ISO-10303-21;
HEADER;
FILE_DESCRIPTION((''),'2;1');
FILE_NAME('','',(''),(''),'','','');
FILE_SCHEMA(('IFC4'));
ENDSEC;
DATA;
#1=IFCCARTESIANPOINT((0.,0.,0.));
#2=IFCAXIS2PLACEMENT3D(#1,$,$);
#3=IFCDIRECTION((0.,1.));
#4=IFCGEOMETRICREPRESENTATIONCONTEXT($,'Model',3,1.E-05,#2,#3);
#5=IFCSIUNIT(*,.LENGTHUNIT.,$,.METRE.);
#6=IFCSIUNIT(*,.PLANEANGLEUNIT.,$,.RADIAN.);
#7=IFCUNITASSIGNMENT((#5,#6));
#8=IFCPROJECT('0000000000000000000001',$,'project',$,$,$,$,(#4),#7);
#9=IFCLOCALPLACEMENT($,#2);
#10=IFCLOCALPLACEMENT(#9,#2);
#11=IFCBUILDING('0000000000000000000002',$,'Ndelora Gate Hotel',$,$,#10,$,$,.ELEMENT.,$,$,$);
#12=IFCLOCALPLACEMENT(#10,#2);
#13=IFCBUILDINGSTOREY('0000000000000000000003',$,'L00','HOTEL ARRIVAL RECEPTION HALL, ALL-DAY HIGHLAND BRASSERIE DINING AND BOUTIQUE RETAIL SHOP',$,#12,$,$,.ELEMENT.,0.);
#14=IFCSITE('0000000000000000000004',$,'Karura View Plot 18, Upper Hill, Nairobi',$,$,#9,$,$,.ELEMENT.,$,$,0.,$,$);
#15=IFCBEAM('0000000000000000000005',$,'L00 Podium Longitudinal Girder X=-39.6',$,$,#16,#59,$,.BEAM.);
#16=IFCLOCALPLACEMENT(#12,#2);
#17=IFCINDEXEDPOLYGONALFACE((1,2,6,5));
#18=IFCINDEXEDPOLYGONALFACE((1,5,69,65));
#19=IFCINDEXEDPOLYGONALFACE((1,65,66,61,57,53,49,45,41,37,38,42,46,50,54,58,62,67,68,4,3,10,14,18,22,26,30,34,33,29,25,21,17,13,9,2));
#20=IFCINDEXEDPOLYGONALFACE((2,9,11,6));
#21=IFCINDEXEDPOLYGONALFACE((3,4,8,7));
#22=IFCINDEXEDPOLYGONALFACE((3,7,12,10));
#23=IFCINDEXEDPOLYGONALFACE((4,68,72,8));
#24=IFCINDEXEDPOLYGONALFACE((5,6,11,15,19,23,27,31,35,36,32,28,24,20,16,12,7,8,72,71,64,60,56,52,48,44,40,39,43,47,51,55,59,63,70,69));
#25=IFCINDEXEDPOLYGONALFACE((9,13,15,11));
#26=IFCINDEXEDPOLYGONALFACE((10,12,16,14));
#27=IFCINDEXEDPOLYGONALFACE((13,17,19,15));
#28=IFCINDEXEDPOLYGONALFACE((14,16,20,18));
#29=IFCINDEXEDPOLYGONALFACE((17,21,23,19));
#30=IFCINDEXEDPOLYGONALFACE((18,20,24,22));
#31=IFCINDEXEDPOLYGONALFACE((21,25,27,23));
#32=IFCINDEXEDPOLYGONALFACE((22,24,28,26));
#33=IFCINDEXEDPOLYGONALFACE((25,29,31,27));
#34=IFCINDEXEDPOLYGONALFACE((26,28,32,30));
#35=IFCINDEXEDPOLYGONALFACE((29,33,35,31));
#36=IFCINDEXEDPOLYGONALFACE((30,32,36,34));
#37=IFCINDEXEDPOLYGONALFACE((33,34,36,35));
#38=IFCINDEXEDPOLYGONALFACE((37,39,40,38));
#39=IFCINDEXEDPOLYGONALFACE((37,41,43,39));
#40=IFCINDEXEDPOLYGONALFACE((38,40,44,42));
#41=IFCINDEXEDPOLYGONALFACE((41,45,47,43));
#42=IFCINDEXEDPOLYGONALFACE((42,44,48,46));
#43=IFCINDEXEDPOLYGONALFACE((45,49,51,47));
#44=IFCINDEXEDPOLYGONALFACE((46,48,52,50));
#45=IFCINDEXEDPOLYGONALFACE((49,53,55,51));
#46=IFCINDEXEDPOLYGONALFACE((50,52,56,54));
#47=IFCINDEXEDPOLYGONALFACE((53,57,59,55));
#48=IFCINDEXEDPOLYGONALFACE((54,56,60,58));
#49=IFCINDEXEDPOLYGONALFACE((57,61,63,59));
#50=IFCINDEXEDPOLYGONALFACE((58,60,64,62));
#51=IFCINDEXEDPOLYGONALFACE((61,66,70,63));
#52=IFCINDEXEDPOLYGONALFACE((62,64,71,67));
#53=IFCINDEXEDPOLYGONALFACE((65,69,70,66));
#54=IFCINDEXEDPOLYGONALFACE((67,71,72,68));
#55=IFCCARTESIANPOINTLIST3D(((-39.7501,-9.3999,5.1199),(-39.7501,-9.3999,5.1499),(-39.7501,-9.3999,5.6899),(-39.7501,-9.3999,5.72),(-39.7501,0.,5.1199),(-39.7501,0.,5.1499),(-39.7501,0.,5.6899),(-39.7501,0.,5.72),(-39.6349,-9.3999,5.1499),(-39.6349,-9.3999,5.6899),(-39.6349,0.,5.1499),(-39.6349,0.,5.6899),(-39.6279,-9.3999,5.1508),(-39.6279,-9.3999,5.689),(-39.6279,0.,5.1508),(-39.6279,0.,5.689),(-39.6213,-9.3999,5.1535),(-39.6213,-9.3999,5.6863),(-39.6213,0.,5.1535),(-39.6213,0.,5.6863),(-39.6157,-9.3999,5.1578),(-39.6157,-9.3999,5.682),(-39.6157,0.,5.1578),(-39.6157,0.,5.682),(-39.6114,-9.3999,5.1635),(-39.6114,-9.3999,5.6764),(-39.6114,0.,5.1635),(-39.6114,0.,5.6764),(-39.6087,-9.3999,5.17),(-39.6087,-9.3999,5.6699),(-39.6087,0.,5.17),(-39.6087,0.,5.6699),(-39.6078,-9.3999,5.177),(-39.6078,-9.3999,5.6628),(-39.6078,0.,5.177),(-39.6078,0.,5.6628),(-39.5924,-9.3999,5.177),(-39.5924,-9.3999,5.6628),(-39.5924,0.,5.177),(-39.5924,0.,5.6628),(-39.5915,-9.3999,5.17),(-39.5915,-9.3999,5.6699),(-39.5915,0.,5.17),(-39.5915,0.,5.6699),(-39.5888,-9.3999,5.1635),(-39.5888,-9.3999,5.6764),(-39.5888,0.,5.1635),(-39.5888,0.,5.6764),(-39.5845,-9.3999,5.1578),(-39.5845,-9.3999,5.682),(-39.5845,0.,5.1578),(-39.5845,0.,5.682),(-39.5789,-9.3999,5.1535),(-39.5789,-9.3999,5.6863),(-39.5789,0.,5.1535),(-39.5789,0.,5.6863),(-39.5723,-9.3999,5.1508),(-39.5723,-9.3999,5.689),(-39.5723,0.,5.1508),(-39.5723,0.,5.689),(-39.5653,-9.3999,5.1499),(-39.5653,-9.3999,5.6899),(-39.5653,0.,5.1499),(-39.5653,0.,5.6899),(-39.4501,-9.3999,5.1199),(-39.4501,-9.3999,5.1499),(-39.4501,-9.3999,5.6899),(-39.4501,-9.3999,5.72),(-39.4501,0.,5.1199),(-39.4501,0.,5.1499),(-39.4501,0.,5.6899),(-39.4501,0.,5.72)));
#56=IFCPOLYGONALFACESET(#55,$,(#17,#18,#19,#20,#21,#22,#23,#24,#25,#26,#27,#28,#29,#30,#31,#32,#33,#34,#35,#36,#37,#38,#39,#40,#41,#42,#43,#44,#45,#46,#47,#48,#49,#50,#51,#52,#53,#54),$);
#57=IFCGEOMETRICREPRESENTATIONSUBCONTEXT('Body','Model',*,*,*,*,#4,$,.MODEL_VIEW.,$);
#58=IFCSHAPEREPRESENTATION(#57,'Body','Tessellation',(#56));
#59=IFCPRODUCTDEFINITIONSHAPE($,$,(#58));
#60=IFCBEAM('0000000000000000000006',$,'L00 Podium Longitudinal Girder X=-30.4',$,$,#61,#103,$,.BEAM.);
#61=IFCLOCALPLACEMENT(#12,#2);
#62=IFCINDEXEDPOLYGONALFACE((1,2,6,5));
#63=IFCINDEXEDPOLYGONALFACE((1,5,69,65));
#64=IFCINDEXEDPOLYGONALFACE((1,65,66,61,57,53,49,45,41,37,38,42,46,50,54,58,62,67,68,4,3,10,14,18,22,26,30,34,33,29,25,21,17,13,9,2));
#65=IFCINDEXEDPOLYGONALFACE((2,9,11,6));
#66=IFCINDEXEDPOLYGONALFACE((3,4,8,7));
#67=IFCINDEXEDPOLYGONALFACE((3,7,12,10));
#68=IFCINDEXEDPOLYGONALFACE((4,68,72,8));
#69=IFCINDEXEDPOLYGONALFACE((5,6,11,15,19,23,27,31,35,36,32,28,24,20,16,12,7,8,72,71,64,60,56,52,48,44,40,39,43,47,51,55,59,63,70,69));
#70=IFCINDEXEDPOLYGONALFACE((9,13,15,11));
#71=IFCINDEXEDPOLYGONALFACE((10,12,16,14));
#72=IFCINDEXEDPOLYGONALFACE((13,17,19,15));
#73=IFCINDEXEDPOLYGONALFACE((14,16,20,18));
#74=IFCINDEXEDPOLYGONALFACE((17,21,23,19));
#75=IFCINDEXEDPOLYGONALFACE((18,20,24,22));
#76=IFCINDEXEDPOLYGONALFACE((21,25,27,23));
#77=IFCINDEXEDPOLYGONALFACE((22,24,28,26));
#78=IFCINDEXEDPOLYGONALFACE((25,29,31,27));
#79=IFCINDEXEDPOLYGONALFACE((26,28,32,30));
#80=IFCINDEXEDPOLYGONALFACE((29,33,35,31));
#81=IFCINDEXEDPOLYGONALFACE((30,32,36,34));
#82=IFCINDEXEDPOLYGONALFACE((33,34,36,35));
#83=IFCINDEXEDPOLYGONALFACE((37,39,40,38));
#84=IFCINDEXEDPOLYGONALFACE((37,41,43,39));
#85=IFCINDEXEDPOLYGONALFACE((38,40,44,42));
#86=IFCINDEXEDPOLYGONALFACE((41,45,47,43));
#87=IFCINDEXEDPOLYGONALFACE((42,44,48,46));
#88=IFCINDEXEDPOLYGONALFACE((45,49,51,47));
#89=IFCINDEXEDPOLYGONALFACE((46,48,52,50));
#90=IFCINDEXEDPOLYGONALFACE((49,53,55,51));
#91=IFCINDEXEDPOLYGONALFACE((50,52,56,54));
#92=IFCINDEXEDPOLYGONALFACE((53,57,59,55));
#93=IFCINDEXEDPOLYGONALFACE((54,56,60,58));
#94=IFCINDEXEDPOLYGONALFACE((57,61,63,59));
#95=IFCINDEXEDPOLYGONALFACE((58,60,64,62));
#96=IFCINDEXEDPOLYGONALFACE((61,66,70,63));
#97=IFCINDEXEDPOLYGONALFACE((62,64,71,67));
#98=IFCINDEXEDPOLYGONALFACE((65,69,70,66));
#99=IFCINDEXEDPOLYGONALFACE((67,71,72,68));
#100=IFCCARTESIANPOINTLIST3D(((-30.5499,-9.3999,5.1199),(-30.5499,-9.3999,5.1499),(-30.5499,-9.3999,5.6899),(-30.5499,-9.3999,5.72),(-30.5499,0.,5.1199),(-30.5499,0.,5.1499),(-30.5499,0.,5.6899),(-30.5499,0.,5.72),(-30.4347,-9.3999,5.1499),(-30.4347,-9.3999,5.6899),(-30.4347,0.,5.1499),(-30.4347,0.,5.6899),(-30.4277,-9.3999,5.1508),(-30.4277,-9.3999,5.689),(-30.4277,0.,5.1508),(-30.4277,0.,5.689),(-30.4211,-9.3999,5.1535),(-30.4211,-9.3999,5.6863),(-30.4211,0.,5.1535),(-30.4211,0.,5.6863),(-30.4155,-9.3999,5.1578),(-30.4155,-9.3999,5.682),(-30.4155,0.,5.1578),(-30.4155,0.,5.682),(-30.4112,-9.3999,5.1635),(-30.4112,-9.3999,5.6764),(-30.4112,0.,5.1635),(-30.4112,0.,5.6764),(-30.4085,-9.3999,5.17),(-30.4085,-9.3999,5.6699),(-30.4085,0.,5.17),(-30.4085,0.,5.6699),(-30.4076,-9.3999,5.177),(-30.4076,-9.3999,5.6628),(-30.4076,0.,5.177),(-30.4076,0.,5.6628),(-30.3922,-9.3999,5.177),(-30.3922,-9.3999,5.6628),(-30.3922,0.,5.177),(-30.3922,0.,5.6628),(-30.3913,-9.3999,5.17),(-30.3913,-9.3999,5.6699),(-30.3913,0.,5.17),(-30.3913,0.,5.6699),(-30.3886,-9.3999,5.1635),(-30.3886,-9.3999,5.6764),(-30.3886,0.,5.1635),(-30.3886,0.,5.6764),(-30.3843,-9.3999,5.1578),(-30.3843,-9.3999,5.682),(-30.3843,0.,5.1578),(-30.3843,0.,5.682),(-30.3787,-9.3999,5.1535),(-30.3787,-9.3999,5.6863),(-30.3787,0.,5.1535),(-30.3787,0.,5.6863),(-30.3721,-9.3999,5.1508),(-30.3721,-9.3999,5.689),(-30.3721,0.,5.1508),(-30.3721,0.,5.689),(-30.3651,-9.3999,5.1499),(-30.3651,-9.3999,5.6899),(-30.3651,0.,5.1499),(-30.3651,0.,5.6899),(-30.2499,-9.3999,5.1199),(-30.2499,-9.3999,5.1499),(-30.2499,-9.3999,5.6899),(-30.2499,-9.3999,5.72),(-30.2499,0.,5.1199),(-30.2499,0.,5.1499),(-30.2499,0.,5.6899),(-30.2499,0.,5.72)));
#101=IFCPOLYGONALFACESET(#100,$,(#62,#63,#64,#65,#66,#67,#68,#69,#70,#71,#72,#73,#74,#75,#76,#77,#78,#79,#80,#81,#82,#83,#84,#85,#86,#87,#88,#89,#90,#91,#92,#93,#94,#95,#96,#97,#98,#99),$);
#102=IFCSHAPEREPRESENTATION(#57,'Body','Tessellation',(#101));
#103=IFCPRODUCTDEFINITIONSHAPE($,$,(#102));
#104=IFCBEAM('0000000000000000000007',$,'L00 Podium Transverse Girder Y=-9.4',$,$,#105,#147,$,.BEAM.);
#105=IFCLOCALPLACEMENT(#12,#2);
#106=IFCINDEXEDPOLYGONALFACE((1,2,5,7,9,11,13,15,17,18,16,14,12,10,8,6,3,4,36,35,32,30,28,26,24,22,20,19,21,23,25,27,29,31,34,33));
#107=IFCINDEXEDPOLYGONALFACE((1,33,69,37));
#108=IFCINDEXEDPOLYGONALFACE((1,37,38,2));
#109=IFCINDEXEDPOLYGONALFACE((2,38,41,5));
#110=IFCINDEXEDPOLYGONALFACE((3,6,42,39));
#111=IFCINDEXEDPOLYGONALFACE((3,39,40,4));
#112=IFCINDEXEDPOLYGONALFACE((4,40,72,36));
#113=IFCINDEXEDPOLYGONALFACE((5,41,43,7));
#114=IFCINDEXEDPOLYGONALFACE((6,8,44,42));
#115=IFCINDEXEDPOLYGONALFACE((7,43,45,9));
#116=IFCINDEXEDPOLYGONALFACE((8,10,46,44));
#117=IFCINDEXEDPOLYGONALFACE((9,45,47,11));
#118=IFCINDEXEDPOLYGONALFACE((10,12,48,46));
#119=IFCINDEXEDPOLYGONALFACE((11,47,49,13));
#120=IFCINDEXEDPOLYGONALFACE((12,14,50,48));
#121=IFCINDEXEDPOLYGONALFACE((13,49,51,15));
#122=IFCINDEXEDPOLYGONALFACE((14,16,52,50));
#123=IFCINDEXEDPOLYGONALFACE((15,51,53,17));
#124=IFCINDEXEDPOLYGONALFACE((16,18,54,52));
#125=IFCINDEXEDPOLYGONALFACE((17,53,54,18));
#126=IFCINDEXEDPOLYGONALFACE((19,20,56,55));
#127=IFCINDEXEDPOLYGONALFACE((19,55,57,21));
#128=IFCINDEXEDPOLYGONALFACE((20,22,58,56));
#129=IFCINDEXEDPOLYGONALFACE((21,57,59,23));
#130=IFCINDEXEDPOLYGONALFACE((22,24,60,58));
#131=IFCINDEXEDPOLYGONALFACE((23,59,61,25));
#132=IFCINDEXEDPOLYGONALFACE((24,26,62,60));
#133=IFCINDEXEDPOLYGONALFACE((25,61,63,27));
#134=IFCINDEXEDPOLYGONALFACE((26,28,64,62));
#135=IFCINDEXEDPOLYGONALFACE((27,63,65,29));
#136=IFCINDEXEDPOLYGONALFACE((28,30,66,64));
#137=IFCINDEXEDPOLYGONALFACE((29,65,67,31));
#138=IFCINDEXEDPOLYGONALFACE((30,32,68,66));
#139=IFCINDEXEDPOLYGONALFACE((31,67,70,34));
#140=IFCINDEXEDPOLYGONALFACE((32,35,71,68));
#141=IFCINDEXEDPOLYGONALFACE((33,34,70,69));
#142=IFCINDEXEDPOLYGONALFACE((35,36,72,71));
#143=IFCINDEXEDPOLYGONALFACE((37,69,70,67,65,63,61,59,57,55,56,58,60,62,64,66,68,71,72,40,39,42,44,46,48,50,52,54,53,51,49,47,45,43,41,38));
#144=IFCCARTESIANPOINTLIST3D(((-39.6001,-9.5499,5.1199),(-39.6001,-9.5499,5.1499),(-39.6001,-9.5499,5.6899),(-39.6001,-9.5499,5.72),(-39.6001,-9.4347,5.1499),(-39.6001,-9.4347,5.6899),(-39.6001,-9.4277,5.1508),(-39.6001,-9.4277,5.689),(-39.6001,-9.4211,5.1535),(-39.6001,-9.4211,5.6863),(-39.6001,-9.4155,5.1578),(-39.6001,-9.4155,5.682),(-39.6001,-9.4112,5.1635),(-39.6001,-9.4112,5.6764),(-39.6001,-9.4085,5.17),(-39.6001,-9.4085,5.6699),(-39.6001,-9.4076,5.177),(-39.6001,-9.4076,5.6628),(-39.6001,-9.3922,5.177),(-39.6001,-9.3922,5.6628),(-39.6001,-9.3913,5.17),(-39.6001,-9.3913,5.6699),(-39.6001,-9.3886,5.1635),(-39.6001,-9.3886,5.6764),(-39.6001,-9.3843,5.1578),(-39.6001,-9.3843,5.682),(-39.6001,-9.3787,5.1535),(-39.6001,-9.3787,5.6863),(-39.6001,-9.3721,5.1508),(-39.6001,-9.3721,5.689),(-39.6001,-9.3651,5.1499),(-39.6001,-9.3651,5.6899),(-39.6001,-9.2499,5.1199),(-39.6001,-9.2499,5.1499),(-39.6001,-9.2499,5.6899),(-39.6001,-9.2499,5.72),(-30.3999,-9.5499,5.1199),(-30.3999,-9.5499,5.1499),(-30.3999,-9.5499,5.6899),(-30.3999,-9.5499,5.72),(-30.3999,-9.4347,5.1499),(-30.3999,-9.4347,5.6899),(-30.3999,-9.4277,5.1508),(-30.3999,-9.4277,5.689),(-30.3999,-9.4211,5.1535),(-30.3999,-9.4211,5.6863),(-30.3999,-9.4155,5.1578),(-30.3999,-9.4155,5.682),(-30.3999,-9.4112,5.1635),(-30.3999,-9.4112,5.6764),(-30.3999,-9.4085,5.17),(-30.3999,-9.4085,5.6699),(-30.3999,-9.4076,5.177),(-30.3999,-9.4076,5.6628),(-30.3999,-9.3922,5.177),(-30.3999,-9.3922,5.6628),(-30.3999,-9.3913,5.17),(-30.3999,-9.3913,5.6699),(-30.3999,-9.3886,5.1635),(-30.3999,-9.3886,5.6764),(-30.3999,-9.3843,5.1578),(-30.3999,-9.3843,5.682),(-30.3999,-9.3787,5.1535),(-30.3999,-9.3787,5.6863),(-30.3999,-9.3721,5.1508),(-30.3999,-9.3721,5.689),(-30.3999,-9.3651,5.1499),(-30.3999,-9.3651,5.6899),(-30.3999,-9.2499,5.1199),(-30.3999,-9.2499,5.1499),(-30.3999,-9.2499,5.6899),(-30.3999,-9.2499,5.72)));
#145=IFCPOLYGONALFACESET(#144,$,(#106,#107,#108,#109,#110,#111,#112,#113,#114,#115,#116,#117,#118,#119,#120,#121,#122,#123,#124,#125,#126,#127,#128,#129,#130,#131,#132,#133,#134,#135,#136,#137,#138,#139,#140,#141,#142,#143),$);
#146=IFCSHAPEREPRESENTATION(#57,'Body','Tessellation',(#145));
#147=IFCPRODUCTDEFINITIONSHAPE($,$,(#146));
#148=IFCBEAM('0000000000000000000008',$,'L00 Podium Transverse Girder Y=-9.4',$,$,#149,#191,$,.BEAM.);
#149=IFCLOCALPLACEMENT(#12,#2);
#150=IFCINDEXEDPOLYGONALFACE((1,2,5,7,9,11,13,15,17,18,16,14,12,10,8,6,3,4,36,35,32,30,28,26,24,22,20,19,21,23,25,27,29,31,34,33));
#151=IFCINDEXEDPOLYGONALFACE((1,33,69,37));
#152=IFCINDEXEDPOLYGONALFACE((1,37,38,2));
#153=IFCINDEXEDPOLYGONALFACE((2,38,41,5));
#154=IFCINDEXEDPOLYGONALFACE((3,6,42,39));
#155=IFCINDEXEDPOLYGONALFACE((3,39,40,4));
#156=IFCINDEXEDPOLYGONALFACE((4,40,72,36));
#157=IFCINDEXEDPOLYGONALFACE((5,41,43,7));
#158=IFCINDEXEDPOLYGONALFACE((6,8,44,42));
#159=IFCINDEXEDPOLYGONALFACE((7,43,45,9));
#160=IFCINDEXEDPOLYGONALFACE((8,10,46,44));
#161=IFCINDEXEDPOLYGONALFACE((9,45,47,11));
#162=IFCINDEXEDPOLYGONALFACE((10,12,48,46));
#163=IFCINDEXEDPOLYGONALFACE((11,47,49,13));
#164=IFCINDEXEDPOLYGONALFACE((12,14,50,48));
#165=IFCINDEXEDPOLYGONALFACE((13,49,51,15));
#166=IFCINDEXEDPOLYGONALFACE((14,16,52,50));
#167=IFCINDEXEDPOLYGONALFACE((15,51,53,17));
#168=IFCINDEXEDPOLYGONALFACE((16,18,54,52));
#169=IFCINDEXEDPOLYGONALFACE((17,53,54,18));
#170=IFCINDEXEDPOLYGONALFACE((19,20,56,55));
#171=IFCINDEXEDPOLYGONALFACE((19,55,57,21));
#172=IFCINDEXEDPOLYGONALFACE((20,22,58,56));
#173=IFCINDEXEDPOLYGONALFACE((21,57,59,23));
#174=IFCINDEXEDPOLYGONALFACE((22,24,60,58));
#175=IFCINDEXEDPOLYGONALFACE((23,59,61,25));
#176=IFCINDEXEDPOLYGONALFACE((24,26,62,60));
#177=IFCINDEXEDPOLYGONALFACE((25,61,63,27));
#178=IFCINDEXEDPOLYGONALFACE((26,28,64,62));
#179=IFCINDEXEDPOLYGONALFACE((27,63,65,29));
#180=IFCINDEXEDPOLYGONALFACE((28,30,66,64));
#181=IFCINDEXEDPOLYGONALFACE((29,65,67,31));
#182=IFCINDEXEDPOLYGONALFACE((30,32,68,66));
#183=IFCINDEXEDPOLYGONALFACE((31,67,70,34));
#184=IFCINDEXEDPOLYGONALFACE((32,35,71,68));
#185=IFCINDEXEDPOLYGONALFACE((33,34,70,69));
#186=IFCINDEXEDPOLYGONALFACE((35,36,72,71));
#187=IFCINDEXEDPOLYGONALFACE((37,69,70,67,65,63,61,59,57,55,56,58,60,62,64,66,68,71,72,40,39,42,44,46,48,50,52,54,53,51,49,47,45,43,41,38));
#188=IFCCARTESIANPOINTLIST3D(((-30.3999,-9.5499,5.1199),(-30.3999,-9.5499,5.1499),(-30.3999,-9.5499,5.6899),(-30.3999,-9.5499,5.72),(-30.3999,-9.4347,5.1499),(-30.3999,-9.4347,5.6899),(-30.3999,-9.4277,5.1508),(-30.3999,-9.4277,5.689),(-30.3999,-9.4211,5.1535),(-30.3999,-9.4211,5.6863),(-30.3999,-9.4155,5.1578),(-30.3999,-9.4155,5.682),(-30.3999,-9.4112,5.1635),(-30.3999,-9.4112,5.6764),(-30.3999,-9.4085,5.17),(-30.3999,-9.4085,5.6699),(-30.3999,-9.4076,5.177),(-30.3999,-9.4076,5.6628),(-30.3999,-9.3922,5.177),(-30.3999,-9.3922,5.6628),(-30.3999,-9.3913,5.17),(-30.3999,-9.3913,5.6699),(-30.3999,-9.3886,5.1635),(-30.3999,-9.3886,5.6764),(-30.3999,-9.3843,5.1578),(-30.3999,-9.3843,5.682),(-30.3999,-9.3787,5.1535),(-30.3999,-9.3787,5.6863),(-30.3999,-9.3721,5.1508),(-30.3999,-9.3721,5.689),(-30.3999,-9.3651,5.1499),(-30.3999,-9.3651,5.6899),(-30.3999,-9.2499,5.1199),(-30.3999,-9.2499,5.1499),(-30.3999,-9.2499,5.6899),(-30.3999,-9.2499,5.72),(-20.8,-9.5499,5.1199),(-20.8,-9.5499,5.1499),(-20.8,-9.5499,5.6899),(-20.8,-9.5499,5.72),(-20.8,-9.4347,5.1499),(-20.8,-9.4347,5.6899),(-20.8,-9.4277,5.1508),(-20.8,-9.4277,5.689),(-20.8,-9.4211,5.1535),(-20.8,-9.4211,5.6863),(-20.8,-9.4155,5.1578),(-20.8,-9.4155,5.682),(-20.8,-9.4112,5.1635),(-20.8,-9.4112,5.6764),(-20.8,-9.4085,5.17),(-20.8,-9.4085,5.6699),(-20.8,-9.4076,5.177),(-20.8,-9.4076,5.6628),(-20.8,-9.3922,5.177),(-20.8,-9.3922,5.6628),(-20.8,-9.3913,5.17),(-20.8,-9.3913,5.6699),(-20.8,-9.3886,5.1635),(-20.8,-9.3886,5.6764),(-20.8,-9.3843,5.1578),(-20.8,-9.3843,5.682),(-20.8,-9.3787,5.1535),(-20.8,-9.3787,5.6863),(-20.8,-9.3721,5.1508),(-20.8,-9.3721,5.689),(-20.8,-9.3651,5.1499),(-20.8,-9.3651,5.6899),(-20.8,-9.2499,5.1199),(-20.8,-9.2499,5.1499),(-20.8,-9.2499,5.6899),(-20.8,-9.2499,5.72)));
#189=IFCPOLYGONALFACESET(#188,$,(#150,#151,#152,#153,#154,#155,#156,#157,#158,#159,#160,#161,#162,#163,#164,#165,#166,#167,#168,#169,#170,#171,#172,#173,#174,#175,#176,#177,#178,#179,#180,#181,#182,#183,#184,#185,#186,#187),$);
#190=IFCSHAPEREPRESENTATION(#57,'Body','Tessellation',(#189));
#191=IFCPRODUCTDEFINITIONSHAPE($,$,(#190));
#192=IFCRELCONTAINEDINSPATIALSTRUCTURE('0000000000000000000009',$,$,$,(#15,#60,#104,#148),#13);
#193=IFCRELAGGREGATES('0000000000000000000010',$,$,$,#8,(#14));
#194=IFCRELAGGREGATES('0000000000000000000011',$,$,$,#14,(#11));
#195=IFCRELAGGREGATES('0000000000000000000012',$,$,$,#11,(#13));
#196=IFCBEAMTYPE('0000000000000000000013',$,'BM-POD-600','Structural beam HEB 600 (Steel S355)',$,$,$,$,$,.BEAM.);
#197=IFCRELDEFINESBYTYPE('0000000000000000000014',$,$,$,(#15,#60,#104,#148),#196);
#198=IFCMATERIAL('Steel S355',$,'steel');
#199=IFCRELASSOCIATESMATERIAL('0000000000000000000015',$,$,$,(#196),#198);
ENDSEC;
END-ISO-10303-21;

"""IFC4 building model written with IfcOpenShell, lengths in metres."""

from ifc_helpers import new_model, si_unit, direction, frame, origin, origin_2d, place, context, subcontext, project, spatial, i_section, extrude, material, material_profile, profile_set, type_object, element, save


model = new_model("IFC4")

# Units and contexts
model_context = context("Model", 3, precision=1e-05, world=origin(), true_north=direction((0.0, 1.0)))
body_context = subcontext(model_context, "Body", "Model", "MODEL_VIEW")
ifc_project = project(units=[si_unit("LENGTHUNIT", "METRE"), si_unit("PLANEANGLEUNIT", "RADIAN")], contexts=[model_context])

# Site, building, storey
site_placement = place(None, origin())
site = spatial("IfcSite", under=ifc_project, at=site_placement, Name="Karura View Plot 18, Upper Hill, Nairobi", CompositionType="ELEMENT", RefElevation=0.0)
building_placement = place(site_placement, origin())
building = spatial("IfcBuilding", under=site, at=building_placement, Name="Ndelora Gate Hotel", CompositionType="ELEMENT")
storey_placement = place(building_placement, origin())
storey = spatial("IfcBuildingStorey", under=building, at=storey_placement, Name="L00", Description="HOTEL ARRIVAL RECEPTION HALL, ALL-DAY HIGHLAND BRASSERIE DINING AND BOUTIQUE RETAIL SHOP", CompositionType="ELEMENT", Elevation=0.0)

# Beams
ifc_material_1 = material(Name="Steel S355", Category="steel")
ifc_material_profile_1 = material_profile(ifc_material_1, i_section(OverallWidth=0.3, OverallDepth=0.6001, WebThickness=0.0154, FlangeThickness=0.03, FilletRadius=0.0271, at=origin_2d()), Name="HEB 600")
ifc_profile_set_1 = profile_set([ifc_material_profile_1], Name="Steel S355")
beam_type_1 = type_object("IfcBeamType", Name="BM-POD-600", Description="Structural beam HEB 600 (Steel S355)", PredefinedType="BEAM", material=ifc_profile_set_1)
for number, where, z_axis, x_axis, name in (
    (1, (-39.6001, -9.3999, 5.4199), (0.0, 1.0, 0.0), (-1.0, 0.0, 0.0), "L00 Podium Longitudinal Girder X=-39.6"),
    (2, (-30.3999, -9.3999, 5.4199), (0.0, 1.0, 0.0), (-1.0, 0.0, 0.0), "L00 Podium Longitudinal Girder X=-30.4"),
):
    element("IfcBeam", number, at=place(storey_placement, frame(where, z_axis=z_axis, x_axis=x_axis)), inside=storey, type_object=beam_type_1, Name=name, PredefinedType="BEAM", context=body_context, shape_type="SweptSolid", body=[
        extrude(i_section(OverallWidth=0.3, OverallDepth=0.6001, WebThickness=0.0154, FlangeThickness=0.03, FilletRadius=0.0271, at=origin_2d()), origin(), (0.0, 0.0, 1.0), 9.3999),
    ])
beam_1_placement = place(storey_placement, frame((-39.6001, -9.3999, 5.4199), z_axis=(1.0, 0.0, 0.0), x_axis=(0.0, 1.0, 0.0)))
element("IfcBeam", 3, at=beam_1_placement, inside=storey, type_object=beam_type_1, Name="L00 Podium Transverse Girder Y=-9.4", PredefinedType="BEAM", context=body_context, shape_type="SweptSolid", body=[
    extrude(i_section(OverallWidth=0.3, OverallDepth=0.6001, WebThickness=0.0154, FlangeThickness=0.03, FilletRadius=0.0271, at=origin_2d()), origin(), (0.0, 0.0, 1.0), 9.2002),
])
beam_2_placement = place(storey_placement, frame((-30.3999, -9.3999, 5.4199), z_axis=(1.0, 0.0, 0.0), x_axis=(0.0, 1.0, 0.0)))
element("IfcBeam", 4, at=beam_2_placement, inside=storey, type_object=beam_type_1, Name="L00 Podium Transverse Girder Y=-9.4", PredefinedType="BEAM", context=body_context, shape_type="SweptSolid", body=[
    extrude(i_section(OverallWidth=0.3, OverallDepth=0.6001, WebThickness=0.0154, FlangeThickness=0.03, FilletRadius=0.0271, at=origin_2d()), origin(), (0.0, 0.0, 1.0), 9.5999),
])

save(model, "model.ifc")
